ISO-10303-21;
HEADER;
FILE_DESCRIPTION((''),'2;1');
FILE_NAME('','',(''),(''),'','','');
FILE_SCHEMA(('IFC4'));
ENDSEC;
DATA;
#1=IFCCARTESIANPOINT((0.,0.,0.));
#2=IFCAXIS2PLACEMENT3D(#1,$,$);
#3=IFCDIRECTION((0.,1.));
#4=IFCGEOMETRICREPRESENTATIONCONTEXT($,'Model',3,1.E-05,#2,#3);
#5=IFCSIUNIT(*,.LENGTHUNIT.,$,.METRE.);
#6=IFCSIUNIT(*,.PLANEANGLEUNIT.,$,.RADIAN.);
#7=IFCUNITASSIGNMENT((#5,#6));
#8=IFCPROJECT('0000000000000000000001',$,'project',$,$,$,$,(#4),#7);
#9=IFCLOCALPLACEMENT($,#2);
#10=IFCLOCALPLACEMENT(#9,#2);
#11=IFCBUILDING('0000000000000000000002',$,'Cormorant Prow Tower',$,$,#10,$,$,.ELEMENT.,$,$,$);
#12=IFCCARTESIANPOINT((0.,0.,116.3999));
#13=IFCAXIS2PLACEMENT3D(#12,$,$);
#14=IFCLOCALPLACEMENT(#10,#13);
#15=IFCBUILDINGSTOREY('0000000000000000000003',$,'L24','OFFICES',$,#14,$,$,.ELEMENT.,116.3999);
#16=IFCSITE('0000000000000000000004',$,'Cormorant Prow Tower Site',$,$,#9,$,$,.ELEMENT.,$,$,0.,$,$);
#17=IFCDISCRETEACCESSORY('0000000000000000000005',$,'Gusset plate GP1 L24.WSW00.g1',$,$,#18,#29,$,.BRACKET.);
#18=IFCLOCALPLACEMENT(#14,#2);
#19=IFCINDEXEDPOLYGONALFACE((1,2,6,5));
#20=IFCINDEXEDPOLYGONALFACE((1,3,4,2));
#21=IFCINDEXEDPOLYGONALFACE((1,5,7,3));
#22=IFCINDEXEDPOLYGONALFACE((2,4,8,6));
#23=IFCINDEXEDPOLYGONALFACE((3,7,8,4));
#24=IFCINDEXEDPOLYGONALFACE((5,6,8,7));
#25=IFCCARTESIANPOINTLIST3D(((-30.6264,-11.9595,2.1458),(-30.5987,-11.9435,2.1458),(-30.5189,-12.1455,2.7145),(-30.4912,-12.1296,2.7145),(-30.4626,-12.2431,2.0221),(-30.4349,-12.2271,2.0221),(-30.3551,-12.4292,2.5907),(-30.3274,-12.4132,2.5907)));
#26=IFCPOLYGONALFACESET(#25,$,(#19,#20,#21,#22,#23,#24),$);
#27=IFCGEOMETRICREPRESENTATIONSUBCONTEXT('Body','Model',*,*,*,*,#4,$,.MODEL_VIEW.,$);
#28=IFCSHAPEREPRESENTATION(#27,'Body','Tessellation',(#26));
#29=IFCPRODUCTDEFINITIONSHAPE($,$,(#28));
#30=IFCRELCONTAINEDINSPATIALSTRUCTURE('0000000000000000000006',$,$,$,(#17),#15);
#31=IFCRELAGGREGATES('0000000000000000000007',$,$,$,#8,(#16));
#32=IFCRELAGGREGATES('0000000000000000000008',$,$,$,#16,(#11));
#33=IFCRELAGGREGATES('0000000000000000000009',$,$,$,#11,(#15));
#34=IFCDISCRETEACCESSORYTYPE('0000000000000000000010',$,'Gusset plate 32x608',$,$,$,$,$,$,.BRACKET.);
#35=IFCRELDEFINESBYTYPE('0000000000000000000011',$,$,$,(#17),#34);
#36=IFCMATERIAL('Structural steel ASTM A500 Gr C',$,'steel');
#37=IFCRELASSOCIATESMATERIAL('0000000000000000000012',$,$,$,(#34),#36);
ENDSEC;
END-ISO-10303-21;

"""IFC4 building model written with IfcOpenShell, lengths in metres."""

from ifc_helpers import new_model, si_unit, direction, frame, origin, origin_2d, place, context, subcontext, project, spatial, rectangle, extrude, material, material_profile, profile_set, type_object, element, save


model = new_model("IFC4")

# Units and contexts
model_context = context("Model", 3, precision=1e-05, world=origin(), true_north=direction((0.0, 1.0)))
body_context = subcontext(model_context, "Body", "Model", "MODEL_VIEW")
ifc_project = project(units=[si_unit("LENGTHUNIT", "METRE"), si_unit("PLANEANGLEUNIT", "RADIAN")], contexts=[model_context])

# Site, building, storey
site_placement = place(None, origin())
site = spatial("IfcSite", under=ifc_project, at=site_placement, Name="Cormorant Prow Tower Site", CompositionType="ELEMENT", RefElevation=0.0)
building_placement = place(site_placement, origin())
building = spatial("IfcBuilding", under=site, at=building_placement, Name="Cormorant Prow Tower", CompositionType="ELEMENT")
storey_placement = place(building_placement, frame((0.0, 0.0, 116.3999)))
storey = spatial("IfcBuildingStorey", under=building, at=storey_placement, Name="L24", Description="OFFICES", CompositionType="ELEMENT", Elevation=116.3999)

# Discrete accessory
ifc_material_1 = material(Name="Structural steel ASTM A500 Gr C", Category="steel")
ifc_material_profile_1 = material_profile(ifc_material_1, rectangle(XDim=0.032, YDim=0.6079, at=origin_2d()), Name="Gusset plate 32x608")
ifc_profile_set_1 = profile_set([ifc_material_profile_1], Name="Structural steel ASTM A500 Gr C")
discrete_accessory_type = type_object("IfcDiscreteAccessoryType", Name="Gusset plate 32x608", PredefinedType="BRACKET", material=ifc_profile_set_1)
discrete_accessory_placement = place(storey_placement, frame((-30.395, -12.3281, 2.3064), z_axis=(-0.467788, 0.810089, 0.353455), x_axis=(-0.865987, -0.500067, 0.0)))
element("IfcDiscreteAccessory", 1, at=discrete_accessory_placement, inside=storey, type_object=discrete_accessory_type, Name="Gusset plate GP1 L24.WSW00.g1", PredefinedType="BRACKET", context=body_context, shape_type="SweptSolid", body=[
    extrude(rectangle(XDim=0.032, YDim=0.6079, at=origin_2d()), origin(), (0.0, 0.0, 1.0), 0.3501),
])

save(model, "model.ifc")
